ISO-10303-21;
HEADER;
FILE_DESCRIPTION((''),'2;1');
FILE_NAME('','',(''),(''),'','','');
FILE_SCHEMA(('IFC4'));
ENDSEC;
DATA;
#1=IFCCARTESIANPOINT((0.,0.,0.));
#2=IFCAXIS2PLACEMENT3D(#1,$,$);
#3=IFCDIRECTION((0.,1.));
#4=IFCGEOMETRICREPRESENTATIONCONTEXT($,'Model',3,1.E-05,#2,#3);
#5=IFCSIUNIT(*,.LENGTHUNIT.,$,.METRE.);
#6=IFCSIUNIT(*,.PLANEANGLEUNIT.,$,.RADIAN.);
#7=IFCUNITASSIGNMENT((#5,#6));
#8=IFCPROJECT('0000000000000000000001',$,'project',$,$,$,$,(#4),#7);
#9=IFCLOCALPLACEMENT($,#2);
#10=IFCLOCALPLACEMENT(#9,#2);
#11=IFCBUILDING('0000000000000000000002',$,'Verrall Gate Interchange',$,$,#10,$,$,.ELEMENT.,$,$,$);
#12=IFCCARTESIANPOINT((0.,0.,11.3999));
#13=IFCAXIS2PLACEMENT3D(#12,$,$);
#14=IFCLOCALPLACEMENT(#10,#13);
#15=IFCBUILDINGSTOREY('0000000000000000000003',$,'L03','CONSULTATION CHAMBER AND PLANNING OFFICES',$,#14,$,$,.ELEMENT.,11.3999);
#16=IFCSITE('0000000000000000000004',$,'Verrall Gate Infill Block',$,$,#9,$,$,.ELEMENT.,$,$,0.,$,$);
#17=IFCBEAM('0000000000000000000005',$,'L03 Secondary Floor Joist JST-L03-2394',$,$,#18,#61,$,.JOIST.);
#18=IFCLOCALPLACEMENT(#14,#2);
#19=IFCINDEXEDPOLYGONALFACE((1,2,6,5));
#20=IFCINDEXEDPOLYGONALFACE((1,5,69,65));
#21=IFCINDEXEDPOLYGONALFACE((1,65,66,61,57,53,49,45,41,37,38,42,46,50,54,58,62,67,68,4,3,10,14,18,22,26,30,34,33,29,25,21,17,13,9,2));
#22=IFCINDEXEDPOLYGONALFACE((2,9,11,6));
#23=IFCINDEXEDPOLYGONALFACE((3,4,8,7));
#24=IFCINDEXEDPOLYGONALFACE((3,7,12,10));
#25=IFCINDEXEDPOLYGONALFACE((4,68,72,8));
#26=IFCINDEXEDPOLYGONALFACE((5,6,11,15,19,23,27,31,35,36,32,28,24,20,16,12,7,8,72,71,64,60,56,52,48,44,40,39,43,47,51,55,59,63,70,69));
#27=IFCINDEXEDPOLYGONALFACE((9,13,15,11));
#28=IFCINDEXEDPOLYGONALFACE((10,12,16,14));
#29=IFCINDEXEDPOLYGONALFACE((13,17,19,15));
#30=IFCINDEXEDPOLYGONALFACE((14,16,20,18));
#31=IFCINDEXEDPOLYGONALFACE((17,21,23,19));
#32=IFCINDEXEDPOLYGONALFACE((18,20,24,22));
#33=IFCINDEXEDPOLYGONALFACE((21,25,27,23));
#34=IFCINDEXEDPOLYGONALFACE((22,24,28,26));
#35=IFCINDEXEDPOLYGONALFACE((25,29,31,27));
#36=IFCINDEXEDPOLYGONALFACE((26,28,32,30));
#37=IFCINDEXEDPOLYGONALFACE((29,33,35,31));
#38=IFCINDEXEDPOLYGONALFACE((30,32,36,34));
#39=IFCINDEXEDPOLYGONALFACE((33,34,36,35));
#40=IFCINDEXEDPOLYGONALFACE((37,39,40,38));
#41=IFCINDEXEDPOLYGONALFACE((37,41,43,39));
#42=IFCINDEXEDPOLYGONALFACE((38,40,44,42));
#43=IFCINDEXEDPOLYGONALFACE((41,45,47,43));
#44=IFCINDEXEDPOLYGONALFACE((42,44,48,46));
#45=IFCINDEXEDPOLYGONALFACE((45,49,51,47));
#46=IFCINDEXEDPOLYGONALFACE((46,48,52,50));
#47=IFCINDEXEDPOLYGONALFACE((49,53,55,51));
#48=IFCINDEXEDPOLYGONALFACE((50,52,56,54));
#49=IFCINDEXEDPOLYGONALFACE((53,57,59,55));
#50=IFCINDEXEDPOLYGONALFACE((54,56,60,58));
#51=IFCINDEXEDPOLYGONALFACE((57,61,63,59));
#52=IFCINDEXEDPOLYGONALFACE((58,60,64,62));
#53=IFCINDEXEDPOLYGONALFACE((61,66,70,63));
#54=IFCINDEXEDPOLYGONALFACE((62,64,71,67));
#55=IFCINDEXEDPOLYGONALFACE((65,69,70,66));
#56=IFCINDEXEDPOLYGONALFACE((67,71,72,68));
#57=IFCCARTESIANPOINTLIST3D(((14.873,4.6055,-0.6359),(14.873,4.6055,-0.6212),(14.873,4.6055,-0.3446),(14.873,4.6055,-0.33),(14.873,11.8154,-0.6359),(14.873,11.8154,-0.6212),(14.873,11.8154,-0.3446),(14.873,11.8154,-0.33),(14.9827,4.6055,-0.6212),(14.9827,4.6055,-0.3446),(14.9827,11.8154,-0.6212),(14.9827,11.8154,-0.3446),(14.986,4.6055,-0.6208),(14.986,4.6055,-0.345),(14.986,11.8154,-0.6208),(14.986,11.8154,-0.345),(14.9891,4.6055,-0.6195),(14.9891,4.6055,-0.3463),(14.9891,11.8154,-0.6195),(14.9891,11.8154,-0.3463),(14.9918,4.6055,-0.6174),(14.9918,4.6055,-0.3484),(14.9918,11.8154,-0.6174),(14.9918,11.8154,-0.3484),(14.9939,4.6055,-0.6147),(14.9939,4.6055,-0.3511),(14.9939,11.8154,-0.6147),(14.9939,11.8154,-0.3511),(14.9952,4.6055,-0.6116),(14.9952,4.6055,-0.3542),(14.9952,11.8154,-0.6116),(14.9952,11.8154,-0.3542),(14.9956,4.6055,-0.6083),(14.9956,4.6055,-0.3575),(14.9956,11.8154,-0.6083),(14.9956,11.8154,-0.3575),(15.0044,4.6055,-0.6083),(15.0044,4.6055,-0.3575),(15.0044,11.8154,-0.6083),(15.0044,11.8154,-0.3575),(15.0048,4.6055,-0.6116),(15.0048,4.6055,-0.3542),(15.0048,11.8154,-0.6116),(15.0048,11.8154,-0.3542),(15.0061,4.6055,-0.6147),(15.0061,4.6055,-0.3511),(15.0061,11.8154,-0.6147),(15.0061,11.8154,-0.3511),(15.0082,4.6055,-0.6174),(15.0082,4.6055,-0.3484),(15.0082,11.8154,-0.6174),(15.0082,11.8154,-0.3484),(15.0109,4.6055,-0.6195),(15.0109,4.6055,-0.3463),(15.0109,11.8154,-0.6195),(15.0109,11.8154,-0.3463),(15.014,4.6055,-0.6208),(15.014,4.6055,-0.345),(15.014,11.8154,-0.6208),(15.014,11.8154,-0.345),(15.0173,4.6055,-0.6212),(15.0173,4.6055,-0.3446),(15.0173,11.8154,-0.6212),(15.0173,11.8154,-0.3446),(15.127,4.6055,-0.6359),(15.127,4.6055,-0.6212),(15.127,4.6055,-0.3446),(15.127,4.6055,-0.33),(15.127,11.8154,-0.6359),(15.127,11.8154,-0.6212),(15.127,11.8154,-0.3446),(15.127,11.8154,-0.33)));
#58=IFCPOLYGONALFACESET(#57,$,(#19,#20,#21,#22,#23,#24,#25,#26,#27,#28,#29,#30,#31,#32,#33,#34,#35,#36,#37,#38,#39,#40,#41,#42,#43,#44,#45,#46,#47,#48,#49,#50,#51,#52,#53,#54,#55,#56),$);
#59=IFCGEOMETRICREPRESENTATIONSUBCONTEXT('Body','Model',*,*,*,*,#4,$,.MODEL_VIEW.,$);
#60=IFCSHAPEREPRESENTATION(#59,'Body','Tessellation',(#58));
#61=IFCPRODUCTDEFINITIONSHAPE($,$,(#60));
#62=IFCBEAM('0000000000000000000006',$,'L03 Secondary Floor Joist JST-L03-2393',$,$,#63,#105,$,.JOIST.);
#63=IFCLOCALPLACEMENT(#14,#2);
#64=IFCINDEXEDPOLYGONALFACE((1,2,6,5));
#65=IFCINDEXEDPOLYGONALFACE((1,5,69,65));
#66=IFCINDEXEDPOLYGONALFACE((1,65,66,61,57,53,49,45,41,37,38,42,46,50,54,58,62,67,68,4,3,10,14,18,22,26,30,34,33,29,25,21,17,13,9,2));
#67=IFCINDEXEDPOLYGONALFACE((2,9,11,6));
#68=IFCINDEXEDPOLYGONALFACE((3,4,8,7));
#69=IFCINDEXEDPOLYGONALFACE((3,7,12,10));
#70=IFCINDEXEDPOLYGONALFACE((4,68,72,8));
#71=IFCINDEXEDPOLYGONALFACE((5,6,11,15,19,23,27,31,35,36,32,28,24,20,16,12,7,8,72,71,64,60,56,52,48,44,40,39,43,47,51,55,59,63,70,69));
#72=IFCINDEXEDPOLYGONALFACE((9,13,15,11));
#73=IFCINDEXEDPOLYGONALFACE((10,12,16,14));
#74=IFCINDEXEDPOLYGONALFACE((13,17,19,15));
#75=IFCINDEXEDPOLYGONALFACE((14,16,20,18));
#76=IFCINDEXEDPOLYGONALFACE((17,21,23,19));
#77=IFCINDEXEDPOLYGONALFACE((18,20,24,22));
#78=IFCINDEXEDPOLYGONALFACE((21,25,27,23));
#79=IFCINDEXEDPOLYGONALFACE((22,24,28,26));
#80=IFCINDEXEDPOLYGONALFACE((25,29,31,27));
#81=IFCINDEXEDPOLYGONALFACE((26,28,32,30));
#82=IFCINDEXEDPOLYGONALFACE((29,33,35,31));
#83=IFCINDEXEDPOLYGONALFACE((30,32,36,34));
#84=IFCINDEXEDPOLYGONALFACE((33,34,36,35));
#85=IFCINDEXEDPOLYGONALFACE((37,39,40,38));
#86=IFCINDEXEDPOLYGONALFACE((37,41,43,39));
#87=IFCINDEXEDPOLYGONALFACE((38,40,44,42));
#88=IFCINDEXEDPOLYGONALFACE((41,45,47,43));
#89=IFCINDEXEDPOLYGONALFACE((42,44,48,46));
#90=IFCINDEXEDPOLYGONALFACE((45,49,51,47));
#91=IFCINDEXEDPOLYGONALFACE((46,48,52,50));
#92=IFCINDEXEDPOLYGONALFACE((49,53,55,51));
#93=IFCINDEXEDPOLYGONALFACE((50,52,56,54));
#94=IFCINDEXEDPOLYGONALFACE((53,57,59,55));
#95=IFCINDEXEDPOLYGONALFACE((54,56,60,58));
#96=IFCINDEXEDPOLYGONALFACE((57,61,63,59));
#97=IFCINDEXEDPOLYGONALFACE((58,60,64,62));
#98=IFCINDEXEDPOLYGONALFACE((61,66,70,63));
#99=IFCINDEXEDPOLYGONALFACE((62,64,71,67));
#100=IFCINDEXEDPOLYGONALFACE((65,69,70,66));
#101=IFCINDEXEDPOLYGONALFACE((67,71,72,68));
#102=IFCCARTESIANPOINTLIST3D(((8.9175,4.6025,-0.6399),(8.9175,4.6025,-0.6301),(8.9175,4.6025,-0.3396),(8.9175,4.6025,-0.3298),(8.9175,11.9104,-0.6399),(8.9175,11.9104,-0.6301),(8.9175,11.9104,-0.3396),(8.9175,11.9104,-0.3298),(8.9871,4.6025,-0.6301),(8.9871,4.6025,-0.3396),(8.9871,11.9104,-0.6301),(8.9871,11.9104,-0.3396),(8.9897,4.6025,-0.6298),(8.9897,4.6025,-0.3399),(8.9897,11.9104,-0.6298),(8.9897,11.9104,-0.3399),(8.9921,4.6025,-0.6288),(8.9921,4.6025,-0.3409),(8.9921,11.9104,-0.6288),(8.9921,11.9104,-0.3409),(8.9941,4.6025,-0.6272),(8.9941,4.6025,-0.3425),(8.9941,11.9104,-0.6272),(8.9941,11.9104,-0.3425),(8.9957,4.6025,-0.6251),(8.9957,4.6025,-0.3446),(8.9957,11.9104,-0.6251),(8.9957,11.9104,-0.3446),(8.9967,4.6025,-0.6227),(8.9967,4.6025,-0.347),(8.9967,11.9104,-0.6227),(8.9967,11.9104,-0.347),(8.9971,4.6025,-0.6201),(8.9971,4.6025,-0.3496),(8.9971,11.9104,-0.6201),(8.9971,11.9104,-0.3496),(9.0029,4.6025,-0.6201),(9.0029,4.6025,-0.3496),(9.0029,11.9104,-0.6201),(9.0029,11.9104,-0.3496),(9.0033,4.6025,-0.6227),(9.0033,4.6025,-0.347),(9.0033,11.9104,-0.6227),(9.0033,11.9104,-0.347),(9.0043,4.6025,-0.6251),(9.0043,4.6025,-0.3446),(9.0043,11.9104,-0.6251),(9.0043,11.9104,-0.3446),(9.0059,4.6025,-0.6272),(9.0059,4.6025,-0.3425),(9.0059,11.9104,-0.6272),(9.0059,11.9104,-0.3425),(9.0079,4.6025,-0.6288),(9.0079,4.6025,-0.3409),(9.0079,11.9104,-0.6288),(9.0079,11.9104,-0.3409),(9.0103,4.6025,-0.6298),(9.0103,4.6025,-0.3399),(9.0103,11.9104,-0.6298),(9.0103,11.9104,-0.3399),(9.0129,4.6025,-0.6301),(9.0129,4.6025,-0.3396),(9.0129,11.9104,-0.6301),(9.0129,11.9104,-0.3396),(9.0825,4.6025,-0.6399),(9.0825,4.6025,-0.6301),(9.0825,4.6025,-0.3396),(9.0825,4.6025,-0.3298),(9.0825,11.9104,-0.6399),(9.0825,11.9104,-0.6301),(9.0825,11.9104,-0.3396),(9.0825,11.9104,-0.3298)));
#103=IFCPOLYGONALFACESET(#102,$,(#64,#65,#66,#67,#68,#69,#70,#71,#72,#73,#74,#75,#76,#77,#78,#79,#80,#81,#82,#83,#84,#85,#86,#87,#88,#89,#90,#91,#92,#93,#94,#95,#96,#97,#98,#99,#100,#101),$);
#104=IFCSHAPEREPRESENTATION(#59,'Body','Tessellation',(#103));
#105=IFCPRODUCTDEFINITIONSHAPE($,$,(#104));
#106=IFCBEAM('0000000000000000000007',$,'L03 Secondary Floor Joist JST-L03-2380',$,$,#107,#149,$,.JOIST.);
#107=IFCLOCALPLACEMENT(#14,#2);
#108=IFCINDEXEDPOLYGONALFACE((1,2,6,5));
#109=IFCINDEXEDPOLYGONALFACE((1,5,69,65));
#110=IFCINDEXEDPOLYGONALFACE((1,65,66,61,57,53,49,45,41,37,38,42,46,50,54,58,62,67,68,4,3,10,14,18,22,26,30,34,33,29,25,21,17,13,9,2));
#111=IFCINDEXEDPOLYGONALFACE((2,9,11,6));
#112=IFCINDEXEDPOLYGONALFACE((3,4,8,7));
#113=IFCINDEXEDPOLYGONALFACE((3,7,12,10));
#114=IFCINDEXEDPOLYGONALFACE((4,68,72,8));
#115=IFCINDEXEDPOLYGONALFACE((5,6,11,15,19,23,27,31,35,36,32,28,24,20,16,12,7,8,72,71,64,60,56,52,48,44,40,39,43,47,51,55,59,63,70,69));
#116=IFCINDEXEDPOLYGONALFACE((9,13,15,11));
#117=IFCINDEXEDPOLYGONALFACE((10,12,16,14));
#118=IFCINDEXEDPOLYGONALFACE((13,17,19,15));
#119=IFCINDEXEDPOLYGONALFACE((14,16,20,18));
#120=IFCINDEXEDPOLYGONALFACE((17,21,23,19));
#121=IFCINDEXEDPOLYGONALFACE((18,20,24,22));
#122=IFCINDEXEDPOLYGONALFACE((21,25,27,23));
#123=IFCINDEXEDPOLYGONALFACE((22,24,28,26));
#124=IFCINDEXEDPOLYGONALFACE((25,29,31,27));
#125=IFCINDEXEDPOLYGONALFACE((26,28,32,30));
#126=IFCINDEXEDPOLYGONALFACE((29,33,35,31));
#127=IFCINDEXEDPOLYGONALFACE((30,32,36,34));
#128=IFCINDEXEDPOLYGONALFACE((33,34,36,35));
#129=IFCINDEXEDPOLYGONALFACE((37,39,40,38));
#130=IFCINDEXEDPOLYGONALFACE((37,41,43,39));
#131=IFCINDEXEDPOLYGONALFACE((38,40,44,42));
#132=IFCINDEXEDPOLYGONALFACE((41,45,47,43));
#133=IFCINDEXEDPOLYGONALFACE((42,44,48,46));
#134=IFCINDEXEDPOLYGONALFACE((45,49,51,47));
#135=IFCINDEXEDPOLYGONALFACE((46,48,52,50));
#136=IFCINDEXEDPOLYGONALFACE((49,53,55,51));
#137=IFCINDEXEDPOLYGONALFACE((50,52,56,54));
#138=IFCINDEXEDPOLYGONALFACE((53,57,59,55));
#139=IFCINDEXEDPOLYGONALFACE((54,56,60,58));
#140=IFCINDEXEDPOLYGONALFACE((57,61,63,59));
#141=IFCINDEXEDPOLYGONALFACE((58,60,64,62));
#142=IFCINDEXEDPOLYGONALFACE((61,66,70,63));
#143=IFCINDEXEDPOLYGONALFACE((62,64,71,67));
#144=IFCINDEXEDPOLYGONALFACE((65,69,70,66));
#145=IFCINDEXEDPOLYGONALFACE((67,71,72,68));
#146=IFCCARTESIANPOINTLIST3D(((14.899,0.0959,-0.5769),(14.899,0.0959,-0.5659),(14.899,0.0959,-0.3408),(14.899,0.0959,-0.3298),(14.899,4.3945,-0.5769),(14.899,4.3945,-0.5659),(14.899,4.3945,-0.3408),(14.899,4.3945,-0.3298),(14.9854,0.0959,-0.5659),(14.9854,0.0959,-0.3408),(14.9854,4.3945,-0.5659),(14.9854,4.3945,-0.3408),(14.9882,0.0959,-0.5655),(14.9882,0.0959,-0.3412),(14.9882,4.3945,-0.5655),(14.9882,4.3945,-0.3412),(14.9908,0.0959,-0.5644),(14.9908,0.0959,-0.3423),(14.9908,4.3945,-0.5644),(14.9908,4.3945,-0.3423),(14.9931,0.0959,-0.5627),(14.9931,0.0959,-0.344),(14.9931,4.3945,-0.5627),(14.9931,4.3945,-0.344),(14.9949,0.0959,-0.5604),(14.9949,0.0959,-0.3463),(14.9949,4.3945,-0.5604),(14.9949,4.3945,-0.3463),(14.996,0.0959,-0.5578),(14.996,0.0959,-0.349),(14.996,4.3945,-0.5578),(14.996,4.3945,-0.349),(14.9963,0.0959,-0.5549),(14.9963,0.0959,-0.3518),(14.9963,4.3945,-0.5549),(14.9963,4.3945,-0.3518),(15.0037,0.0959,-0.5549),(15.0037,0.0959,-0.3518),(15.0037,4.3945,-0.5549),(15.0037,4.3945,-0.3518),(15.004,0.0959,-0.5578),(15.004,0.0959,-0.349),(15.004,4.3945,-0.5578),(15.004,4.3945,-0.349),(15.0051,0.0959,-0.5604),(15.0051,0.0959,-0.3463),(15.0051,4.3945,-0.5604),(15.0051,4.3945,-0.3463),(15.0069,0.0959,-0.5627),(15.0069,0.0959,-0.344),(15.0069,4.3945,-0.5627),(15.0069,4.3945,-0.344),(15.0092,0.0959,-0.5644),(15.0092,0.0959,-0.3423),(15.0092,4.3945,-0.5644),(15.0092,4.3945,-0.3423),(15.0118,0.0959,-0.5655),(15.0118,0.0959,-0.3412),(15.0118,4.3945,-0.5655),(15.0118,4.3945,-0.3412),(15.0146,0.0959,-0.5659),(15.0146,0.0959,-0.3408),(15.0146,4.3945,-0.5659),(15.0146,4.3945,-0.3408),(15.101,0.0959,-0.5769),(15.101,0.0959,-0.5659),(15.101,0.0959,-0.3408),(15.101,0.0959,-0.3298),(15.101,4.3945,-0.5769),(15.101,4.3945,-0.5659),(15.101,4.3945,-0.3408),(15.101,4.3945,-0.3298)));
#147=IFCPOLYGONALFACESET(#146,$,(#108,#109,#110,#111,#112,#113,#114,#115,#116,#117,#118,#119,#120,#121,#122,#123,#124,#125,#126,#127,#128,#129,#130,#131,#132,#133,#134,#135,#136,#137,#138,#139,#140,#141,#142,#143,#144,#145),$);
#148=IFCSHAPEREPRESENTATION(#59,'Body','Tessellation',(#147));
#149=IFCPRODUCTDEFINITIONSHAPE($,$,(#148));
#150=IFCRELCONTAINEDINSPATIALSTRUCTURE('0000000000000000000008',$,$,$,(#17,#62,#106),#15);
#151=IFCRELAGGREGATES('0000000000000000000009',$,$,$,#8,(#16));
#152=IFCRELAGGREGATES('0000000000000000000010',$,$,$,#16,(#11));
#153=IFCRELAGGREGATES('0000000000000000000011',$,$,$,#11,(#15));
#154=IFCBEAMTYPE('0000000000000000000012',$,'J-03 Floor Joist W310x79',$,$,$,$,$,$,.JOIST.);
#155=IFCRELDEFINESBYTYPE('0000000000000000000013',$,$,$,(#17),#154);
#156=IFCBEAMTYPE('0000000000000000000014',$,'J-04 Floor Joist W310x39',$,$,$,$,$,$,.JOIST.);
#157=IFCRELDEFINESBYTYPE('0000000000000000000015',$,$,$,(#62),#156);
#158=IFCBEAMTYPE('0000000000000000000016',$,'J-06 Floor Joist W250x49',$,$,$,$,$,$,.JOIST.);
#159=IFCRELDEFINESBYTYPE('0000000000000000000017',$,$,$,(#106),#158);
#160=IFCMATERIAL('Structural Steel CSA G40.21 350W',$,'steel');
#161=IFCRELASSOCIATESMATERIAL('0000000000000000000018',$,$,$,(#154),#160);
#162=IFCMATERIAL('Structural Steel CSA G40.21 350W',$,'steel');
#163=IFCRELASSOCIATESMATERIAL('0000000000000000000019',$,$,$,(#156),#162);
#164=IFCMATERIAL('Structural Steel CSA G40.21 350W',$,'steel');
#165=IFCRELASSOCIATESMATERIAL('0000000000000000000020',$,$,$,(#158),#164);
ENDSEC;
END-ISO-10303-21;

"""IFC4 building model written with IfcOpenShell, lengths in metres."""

from ifc_helpers import new_model, si_unit, direction, frame, origin, origin_2d, place, context, subcontext, project, spatial, i_section, extrude, material, material_profile, profile_set, type_object, element, save


model = new_model("IFC4")

# Units and contexts
model_context = context("Model", 3, precision=1e-05, world=origin(), true_north=direction((0.0, 1.0)))
body_context = subcontext(model_context, "Body", "Model", "MODEL_VIEW")
ifc_project = project(units=[si_unit("LENGTHUNIT", "METRE"), si_unit("PLANEANGLEUNIT", "RADIAN")], contexts=[model_context])

# Site, building, storey
site_placement = place(None, origin())
site = spatial("IfcSite", under=ifc_project, at=site_placement, Name="Verrall Gate Infill Block", CompositionType="ELEMENT", RefElevation=0.0)
building_placement = place(site_placement, origin())
building = spatial("IfcBuilding", under=site, at=building_placement, Name="Verrall Gate Interchange", CompositionType="ELEMENT")
storey_placement = place(building_placement, frame((0.0, 0.0, 11.3999)))
storey = spatial("IfcBuildingStorey", under=building, at=storey_placement, Name="L03", Description="CONSULTATION CHAMBER AND PLANNING OFFICES", CompositionType="ELEMENT", Elevation=11.3999)

# Beams
ifc_material_1 = material(Name="Structural Steel CSA G40.21 350W", Category="steel")
ifc_material_profile_1 = material_profile(ifc_material_1, i_section(OverallWidth=0.2539, OverallDepth=0.3059, WebThickness=0.0088, FlangeThickness=0.0146, FilletRadius=0.0129, at=origin_2d()), Name="W310x79")
ifc_profile_set_1 = profile_set([ifc_material_profile_1], Name="Structural Steel CSA G40.21 350W")
beam_type_1 = type_object("IfcBeamType", Name="J-03 Floor Joist W310x79", PredefinedType="JOIST", material=ifc_profile_set_1)
beam_1_placement = place(storey_placement, frame((15.0, 4.6055, -0.4829), z_axis=(0.0, 1.0, 0.0), x_axis=(-1.0, 0.0, 0.0)))
element("IfcBeam", 1, at=beam_1_placement, inside=storey, type_object=beam_type_1, Name="L03 Secondary Floor Joist JST-L03-2394", PredefinedType="JOIST", context=body_context, shape_type="SweptSolid", body=[
    extrude(i_section(OverallWidth=0.2539, OverallDepth=0.3059, WebThickness=0.0088, FlangeThickness=0.0146, FilletRadius=0.0129, at=origin_2d()), origin(), (0.0, 0.0, 1.0), 7.21),
])
ifc_material_2 = material(Name="Structural Steel CSA G40.21 350W", Category="steel")
ifc_material_profile_2 = material_profile(ifc_material_2, i_section(OverallWidth=0.165, OverallDepth=0.3101, WebThickness=0.0059, FlangeThickness=0.0098, FilletRadius=0.01, at=origin_2d()), Name="W310x39")
ifc_profile_set_2 = profile_set([ifc_material_profile_2], Name="Structural Steel CSA G40.21 350W")
beam_type_2 = type_object("IfcBeamType", Name="J-04 Floor Joist W310x39", PredefinedType="JOIST", material=ifc_profile_set_2)
beam_2_placement = place(storey_placement, frame((9.0, 4.6025, -0.4849), z_axis=(0.0, 1.0, 0.0), x_axis=(-1.0, 0.0, 0.0)))
element("IfcBeam", 2, at=beam_2_placement, inside=storey, type_object=beam_type_2, Name="L03 Secondary Floor Joist JST-L03-2393", PredefinedType="JOIST", context=body_context, shape_type="SweptSolid", body=[
    extrude(i_section(OverallWidth=0.165, OverallDepth=0.3101, WebThickness=0.0059, FlangeThickness=0.0098, FilletRadius=0.01, at=origin_2d()), origin(), (0.0, 0.0, 1.0), 7.3079),
])
ifc_material_3 = material(Name="Structural Steel CSA G40.21 350W", Category="steel")
ifc_material_profile_3 = material_profile(ifc_material_3, i_section(OverallWidth=0.2019, OverallDepth=0.2471, WebThickness=0.0073, FlangeThickness=0.011, FilletRadius=0.011, at=origin_2d()), Name="W250x49")
ifc_profile_set_3 = profile_set([ifc_material_profile_3], Name="Structural Steel CSA G40.21 350W")
beam_type_3 = type_object("IfcBeamType", Name="J-06 Floor Joist W250x49", PredefinedType="JOIST", material=ifc_profile_set_3)
beam_3_placement = place(storey_placement, frame((15.0, 0.0959, -0.4534), z_axis=(0.0, 1.0, 0.0), x_axis=(-1.0, 0.0, 0.0)))
element("IfcBeam", 3, at=beam_3_placement, inside=storey, type_object=beam_type_3, Name="L03 Secondary Floor Joist JST-L03-2380", PredefinedType="JOIST", context=body_context, shape_type="SweptSolid", body=[
    extrude(i_section(OverallWidth=0.2019, OverallDepth=0.2471, WebThickness=0.0073, FlangeThickness=0.011, FilletRadius=0.011, at=origin_2d()), origin(), (0.0, 0.0, 1.0), 4.2986),
])

save(model, "model.ifc")
